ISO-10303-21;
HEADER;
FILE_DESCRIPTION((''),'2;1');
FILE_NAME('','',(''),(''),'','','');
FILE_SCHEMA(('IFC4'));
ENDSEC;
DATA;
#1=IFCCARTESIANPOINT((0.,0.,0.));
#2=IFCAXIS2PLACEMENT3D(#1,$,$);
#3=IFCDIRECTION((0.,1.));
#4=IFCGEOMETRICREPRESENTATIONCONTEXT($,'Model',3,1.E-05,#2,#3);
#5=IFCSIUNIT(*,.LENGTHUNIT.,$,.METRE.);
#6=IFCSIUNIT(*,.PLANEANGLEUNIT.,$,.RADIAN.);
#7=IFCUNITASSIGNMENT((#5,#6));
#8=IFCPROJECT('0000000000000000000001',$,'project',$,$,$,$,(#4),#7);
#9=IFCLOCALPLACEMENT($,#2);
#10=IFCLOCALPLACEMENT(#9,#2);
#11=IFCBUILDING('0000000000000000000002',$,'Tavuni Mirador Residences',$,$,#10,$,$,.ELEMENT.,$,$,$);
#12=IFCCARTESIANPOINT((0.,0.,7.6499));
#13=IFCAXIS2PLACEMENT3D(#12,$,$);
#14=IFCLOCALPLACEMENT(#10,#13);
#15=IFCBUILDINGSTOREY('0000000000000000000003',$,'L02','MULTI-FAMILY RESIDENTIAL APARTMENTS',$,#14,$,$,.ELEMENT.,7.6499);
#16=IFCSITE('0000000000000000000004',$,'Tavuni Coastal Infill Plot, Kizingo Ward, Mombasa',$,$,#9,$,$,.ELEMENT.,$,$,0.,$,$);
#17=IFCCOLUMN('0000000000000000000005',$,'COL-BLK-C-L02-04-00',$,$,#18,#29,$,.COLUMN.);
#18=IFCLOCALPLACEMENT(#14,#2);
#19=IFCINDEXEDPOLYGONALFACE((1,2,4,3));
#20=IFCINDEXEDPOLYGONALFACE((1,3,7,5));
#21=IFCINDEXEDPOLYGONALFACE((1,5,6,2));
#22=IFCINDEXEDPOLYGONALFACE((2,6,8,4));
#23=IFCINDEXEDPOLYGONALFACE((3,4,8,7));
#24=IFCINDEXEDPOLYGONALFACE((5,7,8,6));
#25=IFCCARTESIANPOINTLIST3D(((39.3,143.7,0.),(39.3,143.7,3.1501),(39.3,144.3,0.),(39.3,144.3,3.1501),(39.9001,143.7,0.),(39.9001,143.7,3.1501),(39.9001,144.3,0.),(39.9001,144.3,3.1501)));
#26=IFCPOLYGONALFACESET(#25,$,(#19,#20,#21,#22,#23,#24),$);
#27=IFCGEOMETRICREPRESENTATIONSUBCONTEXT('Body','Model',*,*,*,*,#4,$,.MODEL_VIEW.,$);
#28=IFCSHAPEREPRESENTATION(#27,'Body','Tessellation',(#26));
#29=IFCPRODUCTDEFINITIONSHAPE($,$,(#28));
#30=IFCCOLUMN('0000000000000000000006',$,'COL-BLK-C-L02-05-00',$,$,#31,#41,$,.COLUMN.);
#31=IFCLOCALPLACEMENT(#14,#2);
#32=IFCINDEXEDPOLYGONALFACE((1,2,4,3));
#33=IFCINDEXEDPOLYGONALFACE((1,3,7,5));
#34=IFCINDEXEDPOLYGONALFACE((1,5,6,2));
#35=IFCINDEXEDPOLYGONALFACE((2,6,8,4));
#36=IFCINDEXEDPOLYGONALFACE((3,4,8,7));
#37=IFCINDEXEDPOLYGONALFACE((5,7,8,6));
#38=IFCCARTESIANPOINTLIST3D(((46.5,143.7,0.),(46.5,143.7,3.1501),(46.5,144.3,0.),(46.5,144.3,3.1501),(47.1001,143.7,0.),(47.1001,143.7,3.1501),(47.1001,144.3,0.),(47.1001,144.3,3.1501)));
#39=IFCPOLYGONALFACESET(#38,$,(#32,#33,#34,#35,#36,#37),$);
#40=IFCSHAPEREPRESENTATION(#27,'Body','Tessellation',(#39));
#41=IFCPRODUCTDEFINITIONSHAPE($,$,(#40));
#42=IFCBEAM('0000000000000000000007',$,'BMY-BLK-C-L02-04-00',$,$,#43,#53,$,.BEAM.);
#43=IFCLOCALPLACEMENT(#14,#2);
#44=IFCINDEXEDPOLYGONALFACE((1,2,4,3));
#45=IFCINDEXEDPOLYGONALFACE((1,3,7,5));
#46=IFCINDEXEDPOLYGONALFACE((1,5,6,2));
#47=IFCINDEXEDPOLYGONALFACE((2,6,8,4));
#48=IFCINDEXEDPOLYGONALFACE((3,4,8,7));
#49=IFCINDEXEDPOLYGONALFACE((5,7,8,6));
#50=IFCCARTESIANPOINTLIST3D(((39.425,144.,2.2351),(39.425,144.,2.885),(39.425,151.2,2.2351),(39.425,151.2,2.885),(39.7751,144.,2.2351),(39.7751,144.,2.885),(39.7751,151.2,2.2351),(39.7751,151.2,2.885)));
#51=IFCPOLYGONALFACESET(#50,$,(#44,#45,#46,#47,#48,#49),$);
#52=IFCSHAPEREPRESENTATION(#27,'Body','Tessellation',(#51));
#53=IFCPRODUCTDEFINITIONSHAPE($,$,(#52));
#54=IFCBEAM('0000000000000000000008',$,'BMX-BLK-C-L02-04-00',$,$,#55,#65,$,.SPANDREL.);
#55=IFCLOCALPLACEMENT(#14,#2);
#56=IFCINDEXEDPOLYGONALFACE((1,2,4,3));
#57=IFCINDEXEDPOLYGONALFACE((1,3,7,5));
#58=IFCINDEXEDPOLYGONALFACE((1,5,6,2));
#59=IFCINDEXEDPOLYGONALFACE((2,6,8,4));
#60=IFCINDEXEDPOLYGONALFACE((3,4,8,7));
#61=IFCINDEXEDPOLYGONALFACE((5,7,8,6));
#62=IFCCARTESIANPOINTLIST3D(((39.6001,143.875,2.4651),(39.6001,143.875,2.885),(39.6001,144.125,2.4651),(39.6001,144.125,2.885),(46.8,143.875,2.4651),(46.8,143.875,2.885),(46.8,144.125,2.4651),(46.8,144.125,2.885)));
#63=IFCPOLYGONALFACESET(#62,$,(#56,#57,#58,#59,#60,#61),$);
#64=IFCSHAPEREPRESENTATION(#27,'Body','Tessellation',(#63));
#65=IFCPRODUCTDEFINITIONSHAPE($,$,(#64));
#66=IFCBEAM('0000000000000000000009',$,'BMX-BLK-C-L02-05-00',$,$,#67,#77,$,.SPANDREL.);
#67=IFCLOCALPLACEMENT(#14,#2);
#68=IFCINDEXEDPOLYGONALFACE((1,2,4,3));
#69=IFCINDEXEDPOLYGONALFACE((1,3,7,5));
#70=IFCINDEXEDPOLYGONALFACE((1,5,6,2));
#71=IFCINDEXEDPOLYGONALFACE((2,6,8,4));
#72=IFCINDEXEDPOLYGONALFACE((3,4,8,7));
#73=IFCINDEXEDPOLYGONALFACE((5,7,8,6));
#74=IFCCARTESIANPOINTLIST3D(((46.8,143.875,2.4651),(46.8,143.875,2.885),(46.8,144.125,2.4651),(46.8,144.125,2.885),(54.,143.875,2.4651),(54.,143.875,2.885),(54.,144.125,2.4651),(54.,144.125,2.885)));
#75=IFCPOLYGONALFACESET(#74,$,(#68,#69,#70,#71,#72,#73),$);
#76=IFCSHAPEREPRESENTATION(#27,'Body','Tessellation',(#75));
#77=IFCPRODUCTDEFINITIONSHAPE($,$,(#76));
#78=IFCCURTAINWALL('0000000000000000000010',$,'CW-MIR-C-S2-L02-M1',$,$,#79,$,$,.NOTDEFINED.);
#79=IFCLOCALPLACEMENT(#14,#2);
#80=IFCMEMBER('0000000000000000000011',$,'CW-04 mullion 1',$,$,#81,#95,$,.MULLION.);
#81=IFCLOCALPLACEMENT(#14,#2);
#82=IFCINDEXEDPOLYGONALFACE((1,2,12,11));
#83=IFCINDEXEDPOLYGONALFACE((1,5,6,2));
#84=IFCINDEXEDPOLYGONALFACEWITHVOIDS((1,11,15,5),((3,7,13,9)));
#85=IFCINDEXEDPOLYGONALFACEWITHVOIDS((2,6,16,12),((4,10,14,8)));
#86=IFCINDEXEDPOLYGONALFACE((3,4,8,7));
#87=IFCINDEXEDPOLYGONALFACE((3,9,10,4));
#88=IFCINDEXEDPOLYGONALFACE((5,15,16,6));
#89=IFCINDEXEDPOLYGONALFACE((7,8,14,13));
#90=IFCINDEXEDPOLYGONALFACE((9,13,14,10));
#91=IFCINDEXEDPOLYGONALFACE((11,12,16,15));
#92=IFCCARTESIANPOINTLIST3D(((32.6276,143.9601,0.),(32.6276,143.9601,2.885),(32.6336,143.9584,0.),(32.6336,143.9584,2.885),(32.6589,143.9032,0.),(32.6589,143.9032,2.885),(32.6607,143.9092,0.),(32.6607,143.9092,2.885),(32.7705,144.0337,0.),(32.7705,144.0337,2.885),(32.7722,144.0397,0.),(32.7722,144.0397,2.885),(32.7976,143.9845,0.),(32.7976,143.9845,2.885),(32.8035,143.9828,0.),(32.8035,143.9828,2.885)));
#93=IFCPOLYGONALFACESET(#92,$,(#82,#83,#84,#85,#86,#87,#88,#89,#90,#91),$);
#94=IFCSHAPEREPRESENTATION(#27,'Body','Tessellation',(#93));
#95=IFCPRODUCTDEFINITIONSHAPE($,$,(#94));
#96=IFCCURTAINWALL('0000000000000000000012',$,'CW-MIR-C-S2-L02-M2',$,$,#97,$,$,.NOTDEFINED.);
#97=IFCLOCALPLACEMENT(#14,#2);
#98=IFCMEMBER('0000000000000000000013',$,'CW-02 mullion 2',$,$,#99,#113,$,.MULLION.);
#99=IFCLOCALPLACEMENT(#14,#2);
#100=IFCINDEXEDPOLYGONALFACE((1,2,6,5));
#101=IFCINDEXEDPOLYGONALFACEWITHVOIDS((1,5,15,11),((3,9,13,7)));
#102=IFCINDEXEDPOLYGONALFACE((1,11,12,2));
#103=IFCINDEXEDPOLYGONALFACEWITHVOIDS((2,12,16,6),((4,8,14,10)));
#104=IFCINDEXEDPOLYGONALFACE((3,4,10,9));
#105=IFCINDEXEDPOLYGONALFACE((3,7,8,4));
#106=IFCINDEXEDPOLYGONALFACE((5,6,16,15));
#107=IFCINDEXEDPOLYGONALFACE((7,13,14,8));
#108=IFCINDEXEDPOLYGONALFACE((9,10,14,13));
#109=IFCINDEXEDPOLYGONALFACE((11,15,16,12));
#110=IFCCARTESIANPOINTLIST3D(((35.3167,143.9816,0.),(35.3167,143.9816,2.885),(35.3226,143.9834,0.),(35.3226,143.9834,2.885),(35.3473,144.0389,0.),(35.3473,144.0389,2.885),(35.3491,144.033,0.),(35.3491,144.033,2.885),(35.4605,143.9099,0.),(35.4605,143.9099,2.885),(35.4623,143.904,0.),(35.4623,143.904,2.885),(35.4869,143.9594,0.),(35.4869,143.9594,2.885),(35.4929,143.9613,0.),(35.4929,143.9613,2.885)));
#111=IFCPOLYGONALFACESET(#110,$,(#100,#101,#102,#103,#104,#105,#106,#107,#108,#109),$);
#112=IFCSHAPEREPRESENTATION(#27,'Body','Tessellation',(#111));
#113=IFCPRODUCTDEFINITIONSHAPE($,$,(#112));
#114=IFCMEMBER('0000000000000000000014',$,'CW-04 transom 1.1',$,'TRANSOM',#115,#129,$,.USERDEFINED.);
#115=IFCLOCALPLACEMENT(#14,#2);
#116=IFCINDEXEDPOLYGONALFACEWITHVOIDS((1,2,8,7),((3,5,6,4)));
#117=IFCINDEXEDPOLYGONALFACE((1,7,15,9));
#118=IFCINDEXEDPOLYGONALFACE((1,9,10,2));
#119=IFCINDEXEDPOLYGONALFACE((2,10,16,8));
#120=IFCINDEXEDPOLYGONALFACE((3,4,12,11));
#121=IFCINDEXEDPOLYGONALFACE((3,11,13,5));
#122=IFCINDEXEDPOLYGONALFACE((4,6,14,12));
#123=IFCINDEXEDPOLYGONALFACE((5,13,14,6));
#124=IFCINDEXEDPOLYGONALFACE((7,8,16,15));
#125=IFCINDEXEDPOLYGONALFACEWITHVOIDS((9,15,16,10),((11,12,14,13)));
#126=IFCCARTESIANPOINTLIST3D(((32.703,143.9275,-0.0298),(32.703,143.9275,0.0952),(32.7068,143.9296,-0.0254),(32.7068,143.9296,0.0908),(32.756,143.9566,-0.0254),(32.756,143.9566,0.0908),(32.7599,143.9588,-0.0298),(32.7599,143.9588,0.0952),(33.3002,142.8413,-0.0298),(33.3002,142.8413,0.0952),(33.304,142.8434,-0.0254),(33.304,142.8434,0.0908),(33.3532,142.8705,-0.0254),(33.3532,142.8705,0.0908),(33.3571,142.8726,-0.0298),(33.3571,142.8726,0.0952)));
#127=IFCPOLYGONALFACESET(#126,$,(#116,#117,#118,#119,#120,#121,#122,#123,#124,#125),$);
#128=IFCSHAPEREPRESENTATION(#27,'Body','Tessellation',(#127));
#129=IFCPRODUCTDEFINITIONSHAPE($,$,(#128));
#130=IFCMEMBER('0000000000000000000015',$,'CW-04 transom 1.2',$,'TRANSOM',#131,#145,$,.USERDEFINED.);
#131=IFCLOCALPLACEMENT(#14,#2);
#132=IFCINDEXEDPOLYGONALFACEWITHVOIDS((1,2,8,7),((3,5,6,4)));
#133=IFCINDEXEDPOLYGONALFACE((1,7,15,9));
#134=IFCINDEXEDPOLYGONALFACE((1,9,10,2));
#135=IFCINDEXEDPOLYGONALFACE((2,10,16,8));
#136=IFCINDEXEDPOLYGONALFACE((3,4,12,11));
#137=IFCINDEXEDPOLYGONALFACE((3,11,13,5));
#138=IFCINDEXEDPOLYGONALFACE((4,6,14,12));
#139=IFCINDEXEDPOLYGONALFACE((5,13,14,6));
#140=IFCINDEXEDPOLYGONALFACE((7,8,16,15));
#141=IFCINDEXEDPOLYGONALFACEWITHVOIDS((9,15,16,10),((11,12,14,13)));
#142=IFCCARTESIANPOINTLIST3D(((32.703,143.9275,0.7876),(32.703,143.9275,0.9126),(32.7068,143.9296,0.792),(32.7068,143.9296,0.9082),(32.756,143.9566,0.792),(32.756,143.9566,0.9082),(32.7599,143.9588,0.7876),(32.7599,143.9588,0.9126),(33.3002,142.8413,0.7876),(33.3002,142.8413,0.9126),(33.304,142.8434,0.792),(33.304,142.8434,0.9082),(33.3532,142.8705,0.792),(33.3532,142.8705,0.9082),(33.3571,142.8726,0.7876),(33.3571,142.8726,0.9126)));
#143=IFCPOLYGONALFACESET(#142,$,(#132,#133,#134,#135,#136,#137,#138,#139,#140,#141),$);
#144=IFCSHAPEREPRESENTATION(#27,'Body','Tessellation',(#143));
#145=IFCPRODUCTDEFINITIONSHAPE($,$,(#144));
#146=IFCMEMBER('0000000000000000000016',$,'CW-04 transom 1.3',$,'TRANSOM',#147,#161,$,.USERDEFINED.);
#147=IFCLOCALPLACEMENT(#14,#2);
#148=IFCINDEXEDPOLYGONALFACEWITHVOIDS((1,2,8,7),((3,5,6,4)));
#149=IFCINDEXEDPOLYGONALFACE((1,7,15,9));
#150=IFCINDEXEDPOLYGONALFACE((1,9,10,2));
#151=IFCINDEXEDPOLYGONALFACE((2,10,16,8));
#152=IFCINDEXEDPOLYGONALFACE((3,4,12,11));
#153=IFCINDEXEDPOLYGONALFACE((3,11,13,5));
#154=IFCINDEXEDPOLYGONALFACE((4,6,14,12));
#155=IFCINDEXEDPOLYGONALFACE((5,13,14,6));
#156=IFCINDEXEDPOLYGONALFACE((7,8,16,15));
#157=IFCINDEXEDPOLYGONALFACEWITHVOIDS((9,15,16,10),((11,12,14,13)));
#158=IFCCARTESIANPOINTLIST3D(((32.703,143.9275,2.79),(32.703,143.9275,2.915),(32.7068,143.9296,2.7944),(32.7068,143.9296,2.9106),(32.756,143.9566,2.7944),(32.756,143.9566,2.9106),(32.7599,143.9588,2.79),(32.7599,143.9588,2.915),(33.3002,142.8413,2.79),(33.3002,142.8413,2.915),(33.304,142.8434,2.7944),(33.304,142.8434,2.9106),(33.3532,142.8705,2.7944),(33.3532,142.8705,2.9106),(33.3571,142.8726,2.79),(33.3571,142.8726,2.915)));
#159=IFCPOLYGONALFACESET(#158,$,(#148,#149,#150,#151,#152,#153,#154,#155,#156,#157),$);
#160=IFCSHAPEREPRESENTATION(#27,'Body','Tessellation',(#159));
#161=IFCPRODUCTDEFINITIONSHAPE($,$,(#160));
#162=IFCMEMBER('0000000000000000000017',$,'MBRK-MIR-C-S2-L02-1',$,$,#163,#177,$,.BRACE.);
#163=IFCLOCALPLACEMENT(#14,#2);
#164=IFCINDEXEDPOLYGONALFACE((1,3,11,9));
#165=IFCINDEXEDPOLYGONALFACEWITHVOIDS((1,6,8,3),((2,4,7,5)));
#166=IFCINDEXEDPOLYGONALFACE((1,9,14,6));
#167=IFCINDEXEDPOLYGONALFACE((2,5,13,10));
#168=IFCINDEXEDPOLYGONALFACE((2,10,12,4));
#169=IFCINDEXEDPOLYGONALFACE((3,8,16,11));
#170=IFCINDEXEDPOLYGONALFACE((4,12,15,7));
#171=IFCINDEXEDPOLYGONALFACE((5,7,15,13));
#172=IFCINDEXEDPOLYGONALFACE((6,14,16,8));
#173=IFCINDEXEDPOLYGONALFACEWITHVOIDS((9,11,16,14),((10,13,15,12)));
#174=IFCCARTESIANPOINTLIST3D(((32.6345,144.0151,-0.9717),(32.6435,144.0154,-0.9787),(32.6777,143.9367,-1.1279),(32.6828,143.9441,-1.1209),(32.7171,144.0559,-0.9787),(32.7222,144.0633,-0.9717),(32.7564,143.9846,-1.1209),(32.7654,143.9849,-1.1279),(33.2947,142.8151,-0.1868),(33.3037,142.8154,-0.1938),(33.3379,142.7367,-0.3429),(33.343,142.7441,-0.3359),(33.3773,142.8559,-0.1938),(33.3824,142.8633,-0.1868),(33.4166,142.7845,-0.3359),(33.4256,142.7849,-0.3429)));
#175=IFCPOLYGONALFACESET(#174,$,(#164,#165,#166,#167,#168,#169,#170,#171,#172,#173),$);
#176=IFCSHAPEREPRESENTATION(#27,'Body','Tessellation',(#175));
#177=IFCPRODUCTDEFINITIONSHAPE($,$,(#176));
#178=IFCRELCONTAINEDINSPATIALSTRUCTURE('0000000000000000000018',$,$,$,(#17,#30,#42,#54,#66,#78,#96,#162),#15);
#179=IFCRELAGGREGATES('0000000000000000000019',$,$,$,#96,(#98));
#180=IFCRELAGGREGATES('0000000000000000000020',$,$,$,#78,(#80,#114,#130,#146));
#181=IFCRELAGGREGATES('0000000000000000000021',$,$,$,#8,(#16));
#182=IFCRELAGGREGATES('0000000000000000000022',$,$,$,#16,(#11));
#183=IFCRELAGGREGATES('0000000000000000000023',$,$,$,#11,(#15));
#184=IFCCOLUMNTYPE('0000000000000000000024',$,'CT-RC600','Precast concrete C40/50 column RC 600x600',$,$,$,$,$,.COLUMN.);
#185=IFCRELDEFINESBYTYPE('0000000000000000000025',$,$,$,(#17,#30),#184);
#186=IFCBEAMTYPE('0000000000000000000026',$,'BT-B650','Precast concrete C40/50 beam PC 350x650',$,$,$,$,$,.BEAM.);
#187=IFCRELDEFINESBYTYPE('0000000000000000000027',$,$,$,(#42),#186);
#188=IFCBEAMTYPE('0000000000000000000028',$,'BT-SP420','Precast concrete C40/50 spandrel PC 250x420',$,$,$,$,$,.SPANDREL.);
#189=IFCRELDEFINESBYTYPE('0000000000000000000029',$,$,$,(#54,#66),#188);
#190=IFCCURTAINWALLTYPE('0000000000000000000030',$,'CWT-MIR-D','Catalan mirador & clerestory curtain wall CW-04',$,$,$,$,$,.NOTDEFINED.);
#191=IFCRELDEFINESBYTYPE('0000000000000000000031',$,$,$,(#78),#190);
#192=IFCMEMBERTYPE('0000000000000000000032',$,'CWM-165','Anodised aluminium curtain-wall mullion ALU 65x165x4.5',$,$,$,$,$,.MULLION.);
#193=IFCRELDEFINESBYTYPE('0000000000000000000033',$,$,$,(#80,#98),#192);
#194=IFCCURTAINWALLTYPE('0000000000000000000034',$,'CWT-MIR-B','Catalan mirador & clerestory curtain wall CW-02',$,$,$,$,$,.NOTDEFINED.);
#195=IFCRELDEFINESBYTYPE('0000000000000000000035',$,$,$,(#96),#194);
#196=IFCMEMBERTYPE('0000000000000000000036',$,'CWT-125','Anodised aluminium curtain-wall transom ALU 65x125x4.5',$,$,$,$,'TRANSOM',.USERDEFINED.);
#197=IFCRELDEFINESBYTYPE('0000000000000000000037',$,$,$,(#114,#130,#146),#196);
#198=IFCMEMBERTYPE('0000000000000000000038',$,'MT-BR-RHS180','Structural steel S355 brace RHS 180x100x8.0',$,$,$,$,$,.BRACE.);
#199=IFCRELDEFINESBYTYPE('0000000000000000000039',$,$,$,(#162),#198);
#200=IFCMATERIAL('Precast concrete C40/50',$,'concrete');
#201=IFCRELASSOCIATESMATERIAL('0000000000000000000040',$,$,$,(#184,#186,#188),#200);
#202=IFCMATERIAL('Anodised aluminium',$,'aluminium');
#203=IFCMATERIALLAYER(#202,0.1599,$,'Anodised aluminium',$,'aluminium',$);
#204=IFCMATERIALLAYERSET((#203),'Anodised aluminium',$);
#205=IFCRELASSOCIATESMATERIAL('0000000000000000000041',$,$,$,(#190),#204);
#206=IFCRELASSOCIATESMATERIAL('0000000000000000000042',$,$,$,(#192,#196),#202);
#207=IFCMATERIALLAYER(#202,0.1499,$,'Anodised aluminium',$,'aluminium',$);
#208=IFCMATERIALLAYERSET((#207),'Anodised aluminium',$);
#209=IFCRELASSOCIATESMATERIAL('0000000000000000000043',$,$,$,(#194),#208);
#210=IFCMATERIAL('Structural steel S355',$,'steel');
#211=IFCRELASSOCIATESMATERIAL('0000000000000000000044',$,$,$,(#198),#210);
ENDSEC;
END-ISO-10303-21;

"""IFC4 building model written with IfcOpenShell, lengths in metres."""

from ifc_helpers import new_model, si_unit, direction, frame, origin, origin_2d, place, context, subcontext, project, spatial, rectangle, hollow_rectangle, extrude, material, layer, layer_set, material_profile, profile_set, type_object, element, aggregate, save


model = new_model("IFC4")

# Units and contexts
model_context = context("Model", 3, precision=1e-05, world=origin(), true_north=direction((0.0, 1.0)))
body_context = subcontext(model_context, "Body", "Model", "MODEL_VIEW")
ifc_project = project(units=[si_unit("LENGTHUNIT", "METRE"), si_unit("PLANEANGLEUNIT", "RADIAN")], contexts=[model_context])

# Site, building, storey
site_placement = place(None, origin())
site = spatial("IfcSite", under=ifc_project, at=site_placement, Name="Tavuni Coastal Infill Plot, Kizingo Ward, Mombasa", CompositionType="ELEMENT", RefElevation=0.0)
building_placement = place(site_placement, origin())
building = spatial("IfcBuilding", under=site, at=building_placement, Name="Tavuni Mirador Residences", CompositionType="ELEMENT")
storey_placement = place(building_placement, frame((0.0, 0.0, 7.6499)))
storey = spatial("IfcBuildingStorey", under=building, at=storey_placement, Name="L02", Description="MULTI-FAMILY RESIDENTIAL APARTMENTS", CompositionType="ELEMENT", Elevation=7.6499)

# Columns
ifc_material_1 = material(Name="Precast concrete C40/50", Category="concrete")
ifc_material_profile_1 = material_profile(ifc_material_1, rectangle(XDim=0.6001, YDim=0.6001, at=origin_2d()), Name="RC 600x600", Category="concrete")
ifc_profile_set_1 = profile_set([ifc_material_profile_1], Name="Precast concrete C40/50")
column_type = type_object("IfcColumnType", Name="CT-RC600", Description="Precast concrete C40/50 column RC 600x600", PredefinedType="COLUMN", material=ifc_profile_set_1)
for number, where, z_axis, x_axis, name in (
    (1, (39.6001, 144.0, 0.0), (0.0, 0.0, 1.0), (1.0, 0.0, 0.0), "COL-BLK-C-L02-04-00"),
    (2, (46.8, 144.0, 0.0), (0.0, 0.0, 1.0), (1.0, 0.0, 0.0), "COL-BLK-C-L02-05-00"),
):
    element("IfcColumn", number, at=place(storey_placement, frame(where, z_axis=z_axis, x_axis=x_axis)), inside=storey, type_object=column_type, Name=name, PredefinedType="COLUMN", context=body_context, shape_type="SweptSolid", body=[
        extrude(rectangle(XDim=0.6001, YDim=0.6001, at=origin_2d()), origin(), (0.0, 0.0, 1.0), 3.1501),
    ])

# Beams
ifc_material_profile_2 = material_profile(ifc_material_1, rectangle(XDim=0.3501, YDim=0.6499, at=origin_2d()), Name="PC 350x650", Category="concrete")
ifc_profile_set_2 = profile_set([ifc_material_profile_2], Name="Precast concrete C40/50")
beam_type_1 = type_object("IfcBeamType", Name="BT-B650", Description="Precast concrete C40/50 beam PC 350x650", PredefinedType="BEAM", material=ifc_profile_set_2)
beam_placement = place(storey_placement, frame((39.6001, 144.0, 2.5601), z_axis=(0.0, 1.0, 0.0), x_axis=(-1.0, 0.0, 0.0)))
element("IfcBeam", 3, at=beam_placement, inside=storey, type_object=beam_type_1, Name="BMY-BLK-C-L02-04-00", PredefinedType="BEAM", context=body_context, shape_type="SweptSolid", body=[
    extrude(rectangle(XDim=0.3501, YDim=0.6499, at=origin_2d()), origin(), (0.0, 0.0, 1.0), 7.2),
])
ifc_material_profile_3 = material_profile(ifc_material_1, rectangle(XDim=0.25, YDim=0.4199, at=origin_2d()), Name="PC 250x420", Category="concrete")
ifc_profile_set_3 = profile_set([ifc_material_profile_3], Name="Precast concrete C40/50")
beam_type_2 = type_object("IfcBeamType", Name="BT-SP420", Description="Precast concrete C40/50 spandrel PC 250x420", PredefinedType="SPANDREL", material=ifc_profile_set_3)
for number, where, z_axis, x_axis, name in (
    (4, (39.6001, 144.0, 2.675), (1.0, 0.0, 0.0), (0.0, 1.0, 0.0), "BMX-BLK-C-L02-04-00"),
    (5, (46.8, 144.0, 2.675), (1.0, 0.0, 0.0), (0.0, 1.0, 0.0), "BMX-BLK-C-L02-05-00"),
):
    element("IfcBeam", number, at=place(storey_placement, frame(where, z_axis=z_axis, x_axis=x_axis)), inside=storey, type_object=beam_type_2, Name=name, PredefinedType="SPANDREL", context=body_context, shape_type="SweptSolid", body=[
        extrude(rectangle(XDim=0.25, YDim=0.4199, at=origin_2d()), origin(), (0.0, 0.0, 1.0), 7.2),
    ])

# Curtain walls, members
ifc_material_2 = material(Name="Anodised aluminium", Category="aluminium")
ifc_layer_1 = layer(ifc_material_2, 0.1599, Name="Anodised aluminium", Category="aluminium")
ifc_layer_set_1 = layer_set([ifc_layer_1], Name="Anodised aluminium")
curtain_wall_type_1 = type_object("IfcCurtainWallType", Name="CWT-MIR-D", Description="Catalan mirador & clerestory curtain wall CW-04", PredefinedType="NOTDEFINED", material=ifc_layer_set_1)
curtain_wall_1_placement = place(storey_placement, origin())
curtain_wall_1 = element("IfcCurtainWall", 6, at=curtain_wall_1_placement, inside=storey, type_object=curtain_wall_type_1, Name="CW-MIR-C-S2-L02-M1", PredefinedType="NOTDEFINED")
ifc_material_profile_4 = material_profile(ifc_material_2, hollow_rectangle(XDim=0.0649, YDim=0.165, WallThickness=0.0044, at=origin_2d()), Name="ALU 65x165x4.5", Category="aluminium")
ifc_profile_set_4 = profile_set([ifc_material_profile_4], Name="Anodised aluminium")
member_type_1 = type_object("IfcMemberType", Name="CWM-165", Description="Anodised aluminium curtain-wall mullion ALU 65x165x4.5", PredefinedType="MULLION", material=ifc_profile_set_4)
member_1_placement = place(storey_placement, frame((32.7156, 143.9714, 0.0), z_axis=(0.0, 0.0, 1.0), x_axis=(0.481919, -0.876216, 0.0)))
member_1 = element("IfcMember", 7, at=member_1_placement, type_object=member_type_1, Name="CW-04 mullion 1", PredefinedType="MULLION", context=body_context, shape_type="SweptSolid", body=[
    extrude(hollow_rectangle(XDim=0.0649, YDim=0.165, WallThickness=0.0044, at=origin_2d()), origin(), (0.0, 0.0, 1.0), 2.885),
])
ifc_layer_2 = layer(ifc_material_2, 0.1499, Name="Anodised aluminium", Category="aluminium")
ifc_layer_set_2 = layer_set([ifc_layer_2], Name="Anodised aluminium")
curtain_wall_type_2 = type_object("IfcCurtainWallType", Name="CWT-MIR-B", Description="Catalan mirador & clerestory curtain wall CW-02", PredefinedType="NOTDEFINED", material=ifc_layer_set_2)
curtain_wall_2_placement = place(storey_placement, origin())
curtain_wall_2 = element("IfcCurtainWall", 8, at=curtain_wall_2_placement, inside=storey, type_object=curtain_wall_type_2, Name="CW-MIR-C-S2-L02-M2", PredefinedType="NOTDEFINED")
member_2_placement = place(storey_placement, frame((35.4048, 143.9714, 0.0), z_axis=(0.0, 0.0, 1.0), x_axis=(0.470588, 0.882353, 0.0)))
member_2 = element("IfcMember", 9, at=member_2_placement, type_object=member_type_1, Name="CW-02 mullion 2", PredefinedType="MULLION", context=body_context, shape_type="SweptSolid", body=[
    extrude(hollow_rectangle(XDim=0.0649, YDim=0.165, WallThickness=0.0044, at=origin_2d()), origin(), (0.0, 0.0, 1.0), 2.885),
])
aggregate(curtain_wall_2, [member_2])

# Members
ifc_material_profile_5 = material_profile(ifc_material_2, hollow_rectangle(XDim=0.0649, YDim=0.125, WallThickness=0.0044, at=origin_2d()), Name="ALU 65x125x4.5", Category="aluminium")
ifc_profile_set_5 = profile_set([ifc_material_profile_5], Name="Anodised aluminium")
member_type_2 = type_object("IfcMemberType", Name="CWT-125", Description="Anodised aluminium curtain-wall transom ALU 65x125x4.5", ElementType="TRANSOM", PredefinedType="USERDEFINED", material=ifc_profile_set_5)
member_3_placement = place(storey_placement, frame((32.7314, 143.9431, 0.0327), z_axis=(0.481775, -0.876295, 0.0), x_axis=(0.876295, 0.481775, 0.0)))
member_3 = element("IfcMember", 10, at=member_3_placement, type_object=member_type_2, Name="CW-04 transom 1.1", ObjectType="TRANSOM", PredefinedType="USERDEFINED", context=body_context, shape_type="SweptSolid", body=[
    extrude(hollow_rectangle(XDim=0.0649, YDim=0.125, WallThickness=0.0044, at=origin_2d()), origin(), (0.0, 0.0, 1.0), 1.2395),
])
member_4_placement = place(storey_placement, frame((32.7314, 143.9431, 0.8501), z_axis=(0.481775, -0.876295, 0.0), x_axis=(0.876295, 0.481775, 0.0)))
member_4 = element("IfcMember", 11, at=member_4_placement, type_object=member_type_2, Name="CW-04 transom 1.2", ObjectType="TRANSOM", PredefinedType="USERDEFINED", context=body_context, shape_type="SweptSolid", body=[
    extrude(hollow_rectangle(XDim=0.0649, YDim=0.125, WallThickness=0.0044, at=origin_2d()), origin(), (0.0, 0.0, 1.0), 1.2395),
])
member_5_placement = place(storey_placement, frame((32.7314, 143.9431, 2.8525), z_axis=(0.481775, -0.876295, 0.0), x_axis=(0.876295, 0.481775, 0.0)))
member_5 = element("IfcMember", 12, at=member_5_placement, type_object=member_type_2, Name="CW-04 transom 1.3", ObjectType="TRANSOM", PredefinedType="USERDEFINED", context=body_context, shape_type="SweptSolid", body=[
    extrude(hollow_rectangle(XDim=0.0649, YDim=0.125, WallThickness=0.0044, at=origin_2d()), origin(), (0.0, 0.0, 1.0), 1.2395),
])
aggregate(curtain_wall_1, [member_1, member_3, member_4, member_5])

# Member
ifc_material_3 = material(Name="Structural steel S355", Category="steel")
ifc_material_profile_6 = material_profile(ifc_material_3, hollow_rectangle(XDim=0.1001, YDim=0.1799, WallThickness=0.0081, at=origin_2d()), Name="RHS 180x100x8.0", Category="steel")
ifc_profile_set_6 = profile_set([ifc_material_profile_6], Name="Structural steel S355")
member_type_3 = type_object("IfcMemberType", Name="MT-BR-RHS180", Description="Structural steel S355 brace RHS 180x100x8.0", PredefinedType="BRACE", material=ifc_profile_set_6)
member_6_placement = place(storey_placement, frame((32.7, 144.0, -1.0498), z_axis=(0.418208, -0.760167, 0.497241), x_axis=(0.876159, 0.482021, 0.0)))
element("IfcMember", 13, at=member_6_placement, inside=storey, type_object=member_type_3, Name="MBRK-MIR-C-S2-L02-1", PredefinedType="BRACE", context=body_context, shape_type="SweptSolid", body=[
    extrude(hollow_rectangle(XDim=0.1001, YDim=0.1799, WallThickness=0.0081, at=origin_2d()), origin(), (0.0, 0.0, 1.0), 1.5786),
])

save(model, "model.ifc")
